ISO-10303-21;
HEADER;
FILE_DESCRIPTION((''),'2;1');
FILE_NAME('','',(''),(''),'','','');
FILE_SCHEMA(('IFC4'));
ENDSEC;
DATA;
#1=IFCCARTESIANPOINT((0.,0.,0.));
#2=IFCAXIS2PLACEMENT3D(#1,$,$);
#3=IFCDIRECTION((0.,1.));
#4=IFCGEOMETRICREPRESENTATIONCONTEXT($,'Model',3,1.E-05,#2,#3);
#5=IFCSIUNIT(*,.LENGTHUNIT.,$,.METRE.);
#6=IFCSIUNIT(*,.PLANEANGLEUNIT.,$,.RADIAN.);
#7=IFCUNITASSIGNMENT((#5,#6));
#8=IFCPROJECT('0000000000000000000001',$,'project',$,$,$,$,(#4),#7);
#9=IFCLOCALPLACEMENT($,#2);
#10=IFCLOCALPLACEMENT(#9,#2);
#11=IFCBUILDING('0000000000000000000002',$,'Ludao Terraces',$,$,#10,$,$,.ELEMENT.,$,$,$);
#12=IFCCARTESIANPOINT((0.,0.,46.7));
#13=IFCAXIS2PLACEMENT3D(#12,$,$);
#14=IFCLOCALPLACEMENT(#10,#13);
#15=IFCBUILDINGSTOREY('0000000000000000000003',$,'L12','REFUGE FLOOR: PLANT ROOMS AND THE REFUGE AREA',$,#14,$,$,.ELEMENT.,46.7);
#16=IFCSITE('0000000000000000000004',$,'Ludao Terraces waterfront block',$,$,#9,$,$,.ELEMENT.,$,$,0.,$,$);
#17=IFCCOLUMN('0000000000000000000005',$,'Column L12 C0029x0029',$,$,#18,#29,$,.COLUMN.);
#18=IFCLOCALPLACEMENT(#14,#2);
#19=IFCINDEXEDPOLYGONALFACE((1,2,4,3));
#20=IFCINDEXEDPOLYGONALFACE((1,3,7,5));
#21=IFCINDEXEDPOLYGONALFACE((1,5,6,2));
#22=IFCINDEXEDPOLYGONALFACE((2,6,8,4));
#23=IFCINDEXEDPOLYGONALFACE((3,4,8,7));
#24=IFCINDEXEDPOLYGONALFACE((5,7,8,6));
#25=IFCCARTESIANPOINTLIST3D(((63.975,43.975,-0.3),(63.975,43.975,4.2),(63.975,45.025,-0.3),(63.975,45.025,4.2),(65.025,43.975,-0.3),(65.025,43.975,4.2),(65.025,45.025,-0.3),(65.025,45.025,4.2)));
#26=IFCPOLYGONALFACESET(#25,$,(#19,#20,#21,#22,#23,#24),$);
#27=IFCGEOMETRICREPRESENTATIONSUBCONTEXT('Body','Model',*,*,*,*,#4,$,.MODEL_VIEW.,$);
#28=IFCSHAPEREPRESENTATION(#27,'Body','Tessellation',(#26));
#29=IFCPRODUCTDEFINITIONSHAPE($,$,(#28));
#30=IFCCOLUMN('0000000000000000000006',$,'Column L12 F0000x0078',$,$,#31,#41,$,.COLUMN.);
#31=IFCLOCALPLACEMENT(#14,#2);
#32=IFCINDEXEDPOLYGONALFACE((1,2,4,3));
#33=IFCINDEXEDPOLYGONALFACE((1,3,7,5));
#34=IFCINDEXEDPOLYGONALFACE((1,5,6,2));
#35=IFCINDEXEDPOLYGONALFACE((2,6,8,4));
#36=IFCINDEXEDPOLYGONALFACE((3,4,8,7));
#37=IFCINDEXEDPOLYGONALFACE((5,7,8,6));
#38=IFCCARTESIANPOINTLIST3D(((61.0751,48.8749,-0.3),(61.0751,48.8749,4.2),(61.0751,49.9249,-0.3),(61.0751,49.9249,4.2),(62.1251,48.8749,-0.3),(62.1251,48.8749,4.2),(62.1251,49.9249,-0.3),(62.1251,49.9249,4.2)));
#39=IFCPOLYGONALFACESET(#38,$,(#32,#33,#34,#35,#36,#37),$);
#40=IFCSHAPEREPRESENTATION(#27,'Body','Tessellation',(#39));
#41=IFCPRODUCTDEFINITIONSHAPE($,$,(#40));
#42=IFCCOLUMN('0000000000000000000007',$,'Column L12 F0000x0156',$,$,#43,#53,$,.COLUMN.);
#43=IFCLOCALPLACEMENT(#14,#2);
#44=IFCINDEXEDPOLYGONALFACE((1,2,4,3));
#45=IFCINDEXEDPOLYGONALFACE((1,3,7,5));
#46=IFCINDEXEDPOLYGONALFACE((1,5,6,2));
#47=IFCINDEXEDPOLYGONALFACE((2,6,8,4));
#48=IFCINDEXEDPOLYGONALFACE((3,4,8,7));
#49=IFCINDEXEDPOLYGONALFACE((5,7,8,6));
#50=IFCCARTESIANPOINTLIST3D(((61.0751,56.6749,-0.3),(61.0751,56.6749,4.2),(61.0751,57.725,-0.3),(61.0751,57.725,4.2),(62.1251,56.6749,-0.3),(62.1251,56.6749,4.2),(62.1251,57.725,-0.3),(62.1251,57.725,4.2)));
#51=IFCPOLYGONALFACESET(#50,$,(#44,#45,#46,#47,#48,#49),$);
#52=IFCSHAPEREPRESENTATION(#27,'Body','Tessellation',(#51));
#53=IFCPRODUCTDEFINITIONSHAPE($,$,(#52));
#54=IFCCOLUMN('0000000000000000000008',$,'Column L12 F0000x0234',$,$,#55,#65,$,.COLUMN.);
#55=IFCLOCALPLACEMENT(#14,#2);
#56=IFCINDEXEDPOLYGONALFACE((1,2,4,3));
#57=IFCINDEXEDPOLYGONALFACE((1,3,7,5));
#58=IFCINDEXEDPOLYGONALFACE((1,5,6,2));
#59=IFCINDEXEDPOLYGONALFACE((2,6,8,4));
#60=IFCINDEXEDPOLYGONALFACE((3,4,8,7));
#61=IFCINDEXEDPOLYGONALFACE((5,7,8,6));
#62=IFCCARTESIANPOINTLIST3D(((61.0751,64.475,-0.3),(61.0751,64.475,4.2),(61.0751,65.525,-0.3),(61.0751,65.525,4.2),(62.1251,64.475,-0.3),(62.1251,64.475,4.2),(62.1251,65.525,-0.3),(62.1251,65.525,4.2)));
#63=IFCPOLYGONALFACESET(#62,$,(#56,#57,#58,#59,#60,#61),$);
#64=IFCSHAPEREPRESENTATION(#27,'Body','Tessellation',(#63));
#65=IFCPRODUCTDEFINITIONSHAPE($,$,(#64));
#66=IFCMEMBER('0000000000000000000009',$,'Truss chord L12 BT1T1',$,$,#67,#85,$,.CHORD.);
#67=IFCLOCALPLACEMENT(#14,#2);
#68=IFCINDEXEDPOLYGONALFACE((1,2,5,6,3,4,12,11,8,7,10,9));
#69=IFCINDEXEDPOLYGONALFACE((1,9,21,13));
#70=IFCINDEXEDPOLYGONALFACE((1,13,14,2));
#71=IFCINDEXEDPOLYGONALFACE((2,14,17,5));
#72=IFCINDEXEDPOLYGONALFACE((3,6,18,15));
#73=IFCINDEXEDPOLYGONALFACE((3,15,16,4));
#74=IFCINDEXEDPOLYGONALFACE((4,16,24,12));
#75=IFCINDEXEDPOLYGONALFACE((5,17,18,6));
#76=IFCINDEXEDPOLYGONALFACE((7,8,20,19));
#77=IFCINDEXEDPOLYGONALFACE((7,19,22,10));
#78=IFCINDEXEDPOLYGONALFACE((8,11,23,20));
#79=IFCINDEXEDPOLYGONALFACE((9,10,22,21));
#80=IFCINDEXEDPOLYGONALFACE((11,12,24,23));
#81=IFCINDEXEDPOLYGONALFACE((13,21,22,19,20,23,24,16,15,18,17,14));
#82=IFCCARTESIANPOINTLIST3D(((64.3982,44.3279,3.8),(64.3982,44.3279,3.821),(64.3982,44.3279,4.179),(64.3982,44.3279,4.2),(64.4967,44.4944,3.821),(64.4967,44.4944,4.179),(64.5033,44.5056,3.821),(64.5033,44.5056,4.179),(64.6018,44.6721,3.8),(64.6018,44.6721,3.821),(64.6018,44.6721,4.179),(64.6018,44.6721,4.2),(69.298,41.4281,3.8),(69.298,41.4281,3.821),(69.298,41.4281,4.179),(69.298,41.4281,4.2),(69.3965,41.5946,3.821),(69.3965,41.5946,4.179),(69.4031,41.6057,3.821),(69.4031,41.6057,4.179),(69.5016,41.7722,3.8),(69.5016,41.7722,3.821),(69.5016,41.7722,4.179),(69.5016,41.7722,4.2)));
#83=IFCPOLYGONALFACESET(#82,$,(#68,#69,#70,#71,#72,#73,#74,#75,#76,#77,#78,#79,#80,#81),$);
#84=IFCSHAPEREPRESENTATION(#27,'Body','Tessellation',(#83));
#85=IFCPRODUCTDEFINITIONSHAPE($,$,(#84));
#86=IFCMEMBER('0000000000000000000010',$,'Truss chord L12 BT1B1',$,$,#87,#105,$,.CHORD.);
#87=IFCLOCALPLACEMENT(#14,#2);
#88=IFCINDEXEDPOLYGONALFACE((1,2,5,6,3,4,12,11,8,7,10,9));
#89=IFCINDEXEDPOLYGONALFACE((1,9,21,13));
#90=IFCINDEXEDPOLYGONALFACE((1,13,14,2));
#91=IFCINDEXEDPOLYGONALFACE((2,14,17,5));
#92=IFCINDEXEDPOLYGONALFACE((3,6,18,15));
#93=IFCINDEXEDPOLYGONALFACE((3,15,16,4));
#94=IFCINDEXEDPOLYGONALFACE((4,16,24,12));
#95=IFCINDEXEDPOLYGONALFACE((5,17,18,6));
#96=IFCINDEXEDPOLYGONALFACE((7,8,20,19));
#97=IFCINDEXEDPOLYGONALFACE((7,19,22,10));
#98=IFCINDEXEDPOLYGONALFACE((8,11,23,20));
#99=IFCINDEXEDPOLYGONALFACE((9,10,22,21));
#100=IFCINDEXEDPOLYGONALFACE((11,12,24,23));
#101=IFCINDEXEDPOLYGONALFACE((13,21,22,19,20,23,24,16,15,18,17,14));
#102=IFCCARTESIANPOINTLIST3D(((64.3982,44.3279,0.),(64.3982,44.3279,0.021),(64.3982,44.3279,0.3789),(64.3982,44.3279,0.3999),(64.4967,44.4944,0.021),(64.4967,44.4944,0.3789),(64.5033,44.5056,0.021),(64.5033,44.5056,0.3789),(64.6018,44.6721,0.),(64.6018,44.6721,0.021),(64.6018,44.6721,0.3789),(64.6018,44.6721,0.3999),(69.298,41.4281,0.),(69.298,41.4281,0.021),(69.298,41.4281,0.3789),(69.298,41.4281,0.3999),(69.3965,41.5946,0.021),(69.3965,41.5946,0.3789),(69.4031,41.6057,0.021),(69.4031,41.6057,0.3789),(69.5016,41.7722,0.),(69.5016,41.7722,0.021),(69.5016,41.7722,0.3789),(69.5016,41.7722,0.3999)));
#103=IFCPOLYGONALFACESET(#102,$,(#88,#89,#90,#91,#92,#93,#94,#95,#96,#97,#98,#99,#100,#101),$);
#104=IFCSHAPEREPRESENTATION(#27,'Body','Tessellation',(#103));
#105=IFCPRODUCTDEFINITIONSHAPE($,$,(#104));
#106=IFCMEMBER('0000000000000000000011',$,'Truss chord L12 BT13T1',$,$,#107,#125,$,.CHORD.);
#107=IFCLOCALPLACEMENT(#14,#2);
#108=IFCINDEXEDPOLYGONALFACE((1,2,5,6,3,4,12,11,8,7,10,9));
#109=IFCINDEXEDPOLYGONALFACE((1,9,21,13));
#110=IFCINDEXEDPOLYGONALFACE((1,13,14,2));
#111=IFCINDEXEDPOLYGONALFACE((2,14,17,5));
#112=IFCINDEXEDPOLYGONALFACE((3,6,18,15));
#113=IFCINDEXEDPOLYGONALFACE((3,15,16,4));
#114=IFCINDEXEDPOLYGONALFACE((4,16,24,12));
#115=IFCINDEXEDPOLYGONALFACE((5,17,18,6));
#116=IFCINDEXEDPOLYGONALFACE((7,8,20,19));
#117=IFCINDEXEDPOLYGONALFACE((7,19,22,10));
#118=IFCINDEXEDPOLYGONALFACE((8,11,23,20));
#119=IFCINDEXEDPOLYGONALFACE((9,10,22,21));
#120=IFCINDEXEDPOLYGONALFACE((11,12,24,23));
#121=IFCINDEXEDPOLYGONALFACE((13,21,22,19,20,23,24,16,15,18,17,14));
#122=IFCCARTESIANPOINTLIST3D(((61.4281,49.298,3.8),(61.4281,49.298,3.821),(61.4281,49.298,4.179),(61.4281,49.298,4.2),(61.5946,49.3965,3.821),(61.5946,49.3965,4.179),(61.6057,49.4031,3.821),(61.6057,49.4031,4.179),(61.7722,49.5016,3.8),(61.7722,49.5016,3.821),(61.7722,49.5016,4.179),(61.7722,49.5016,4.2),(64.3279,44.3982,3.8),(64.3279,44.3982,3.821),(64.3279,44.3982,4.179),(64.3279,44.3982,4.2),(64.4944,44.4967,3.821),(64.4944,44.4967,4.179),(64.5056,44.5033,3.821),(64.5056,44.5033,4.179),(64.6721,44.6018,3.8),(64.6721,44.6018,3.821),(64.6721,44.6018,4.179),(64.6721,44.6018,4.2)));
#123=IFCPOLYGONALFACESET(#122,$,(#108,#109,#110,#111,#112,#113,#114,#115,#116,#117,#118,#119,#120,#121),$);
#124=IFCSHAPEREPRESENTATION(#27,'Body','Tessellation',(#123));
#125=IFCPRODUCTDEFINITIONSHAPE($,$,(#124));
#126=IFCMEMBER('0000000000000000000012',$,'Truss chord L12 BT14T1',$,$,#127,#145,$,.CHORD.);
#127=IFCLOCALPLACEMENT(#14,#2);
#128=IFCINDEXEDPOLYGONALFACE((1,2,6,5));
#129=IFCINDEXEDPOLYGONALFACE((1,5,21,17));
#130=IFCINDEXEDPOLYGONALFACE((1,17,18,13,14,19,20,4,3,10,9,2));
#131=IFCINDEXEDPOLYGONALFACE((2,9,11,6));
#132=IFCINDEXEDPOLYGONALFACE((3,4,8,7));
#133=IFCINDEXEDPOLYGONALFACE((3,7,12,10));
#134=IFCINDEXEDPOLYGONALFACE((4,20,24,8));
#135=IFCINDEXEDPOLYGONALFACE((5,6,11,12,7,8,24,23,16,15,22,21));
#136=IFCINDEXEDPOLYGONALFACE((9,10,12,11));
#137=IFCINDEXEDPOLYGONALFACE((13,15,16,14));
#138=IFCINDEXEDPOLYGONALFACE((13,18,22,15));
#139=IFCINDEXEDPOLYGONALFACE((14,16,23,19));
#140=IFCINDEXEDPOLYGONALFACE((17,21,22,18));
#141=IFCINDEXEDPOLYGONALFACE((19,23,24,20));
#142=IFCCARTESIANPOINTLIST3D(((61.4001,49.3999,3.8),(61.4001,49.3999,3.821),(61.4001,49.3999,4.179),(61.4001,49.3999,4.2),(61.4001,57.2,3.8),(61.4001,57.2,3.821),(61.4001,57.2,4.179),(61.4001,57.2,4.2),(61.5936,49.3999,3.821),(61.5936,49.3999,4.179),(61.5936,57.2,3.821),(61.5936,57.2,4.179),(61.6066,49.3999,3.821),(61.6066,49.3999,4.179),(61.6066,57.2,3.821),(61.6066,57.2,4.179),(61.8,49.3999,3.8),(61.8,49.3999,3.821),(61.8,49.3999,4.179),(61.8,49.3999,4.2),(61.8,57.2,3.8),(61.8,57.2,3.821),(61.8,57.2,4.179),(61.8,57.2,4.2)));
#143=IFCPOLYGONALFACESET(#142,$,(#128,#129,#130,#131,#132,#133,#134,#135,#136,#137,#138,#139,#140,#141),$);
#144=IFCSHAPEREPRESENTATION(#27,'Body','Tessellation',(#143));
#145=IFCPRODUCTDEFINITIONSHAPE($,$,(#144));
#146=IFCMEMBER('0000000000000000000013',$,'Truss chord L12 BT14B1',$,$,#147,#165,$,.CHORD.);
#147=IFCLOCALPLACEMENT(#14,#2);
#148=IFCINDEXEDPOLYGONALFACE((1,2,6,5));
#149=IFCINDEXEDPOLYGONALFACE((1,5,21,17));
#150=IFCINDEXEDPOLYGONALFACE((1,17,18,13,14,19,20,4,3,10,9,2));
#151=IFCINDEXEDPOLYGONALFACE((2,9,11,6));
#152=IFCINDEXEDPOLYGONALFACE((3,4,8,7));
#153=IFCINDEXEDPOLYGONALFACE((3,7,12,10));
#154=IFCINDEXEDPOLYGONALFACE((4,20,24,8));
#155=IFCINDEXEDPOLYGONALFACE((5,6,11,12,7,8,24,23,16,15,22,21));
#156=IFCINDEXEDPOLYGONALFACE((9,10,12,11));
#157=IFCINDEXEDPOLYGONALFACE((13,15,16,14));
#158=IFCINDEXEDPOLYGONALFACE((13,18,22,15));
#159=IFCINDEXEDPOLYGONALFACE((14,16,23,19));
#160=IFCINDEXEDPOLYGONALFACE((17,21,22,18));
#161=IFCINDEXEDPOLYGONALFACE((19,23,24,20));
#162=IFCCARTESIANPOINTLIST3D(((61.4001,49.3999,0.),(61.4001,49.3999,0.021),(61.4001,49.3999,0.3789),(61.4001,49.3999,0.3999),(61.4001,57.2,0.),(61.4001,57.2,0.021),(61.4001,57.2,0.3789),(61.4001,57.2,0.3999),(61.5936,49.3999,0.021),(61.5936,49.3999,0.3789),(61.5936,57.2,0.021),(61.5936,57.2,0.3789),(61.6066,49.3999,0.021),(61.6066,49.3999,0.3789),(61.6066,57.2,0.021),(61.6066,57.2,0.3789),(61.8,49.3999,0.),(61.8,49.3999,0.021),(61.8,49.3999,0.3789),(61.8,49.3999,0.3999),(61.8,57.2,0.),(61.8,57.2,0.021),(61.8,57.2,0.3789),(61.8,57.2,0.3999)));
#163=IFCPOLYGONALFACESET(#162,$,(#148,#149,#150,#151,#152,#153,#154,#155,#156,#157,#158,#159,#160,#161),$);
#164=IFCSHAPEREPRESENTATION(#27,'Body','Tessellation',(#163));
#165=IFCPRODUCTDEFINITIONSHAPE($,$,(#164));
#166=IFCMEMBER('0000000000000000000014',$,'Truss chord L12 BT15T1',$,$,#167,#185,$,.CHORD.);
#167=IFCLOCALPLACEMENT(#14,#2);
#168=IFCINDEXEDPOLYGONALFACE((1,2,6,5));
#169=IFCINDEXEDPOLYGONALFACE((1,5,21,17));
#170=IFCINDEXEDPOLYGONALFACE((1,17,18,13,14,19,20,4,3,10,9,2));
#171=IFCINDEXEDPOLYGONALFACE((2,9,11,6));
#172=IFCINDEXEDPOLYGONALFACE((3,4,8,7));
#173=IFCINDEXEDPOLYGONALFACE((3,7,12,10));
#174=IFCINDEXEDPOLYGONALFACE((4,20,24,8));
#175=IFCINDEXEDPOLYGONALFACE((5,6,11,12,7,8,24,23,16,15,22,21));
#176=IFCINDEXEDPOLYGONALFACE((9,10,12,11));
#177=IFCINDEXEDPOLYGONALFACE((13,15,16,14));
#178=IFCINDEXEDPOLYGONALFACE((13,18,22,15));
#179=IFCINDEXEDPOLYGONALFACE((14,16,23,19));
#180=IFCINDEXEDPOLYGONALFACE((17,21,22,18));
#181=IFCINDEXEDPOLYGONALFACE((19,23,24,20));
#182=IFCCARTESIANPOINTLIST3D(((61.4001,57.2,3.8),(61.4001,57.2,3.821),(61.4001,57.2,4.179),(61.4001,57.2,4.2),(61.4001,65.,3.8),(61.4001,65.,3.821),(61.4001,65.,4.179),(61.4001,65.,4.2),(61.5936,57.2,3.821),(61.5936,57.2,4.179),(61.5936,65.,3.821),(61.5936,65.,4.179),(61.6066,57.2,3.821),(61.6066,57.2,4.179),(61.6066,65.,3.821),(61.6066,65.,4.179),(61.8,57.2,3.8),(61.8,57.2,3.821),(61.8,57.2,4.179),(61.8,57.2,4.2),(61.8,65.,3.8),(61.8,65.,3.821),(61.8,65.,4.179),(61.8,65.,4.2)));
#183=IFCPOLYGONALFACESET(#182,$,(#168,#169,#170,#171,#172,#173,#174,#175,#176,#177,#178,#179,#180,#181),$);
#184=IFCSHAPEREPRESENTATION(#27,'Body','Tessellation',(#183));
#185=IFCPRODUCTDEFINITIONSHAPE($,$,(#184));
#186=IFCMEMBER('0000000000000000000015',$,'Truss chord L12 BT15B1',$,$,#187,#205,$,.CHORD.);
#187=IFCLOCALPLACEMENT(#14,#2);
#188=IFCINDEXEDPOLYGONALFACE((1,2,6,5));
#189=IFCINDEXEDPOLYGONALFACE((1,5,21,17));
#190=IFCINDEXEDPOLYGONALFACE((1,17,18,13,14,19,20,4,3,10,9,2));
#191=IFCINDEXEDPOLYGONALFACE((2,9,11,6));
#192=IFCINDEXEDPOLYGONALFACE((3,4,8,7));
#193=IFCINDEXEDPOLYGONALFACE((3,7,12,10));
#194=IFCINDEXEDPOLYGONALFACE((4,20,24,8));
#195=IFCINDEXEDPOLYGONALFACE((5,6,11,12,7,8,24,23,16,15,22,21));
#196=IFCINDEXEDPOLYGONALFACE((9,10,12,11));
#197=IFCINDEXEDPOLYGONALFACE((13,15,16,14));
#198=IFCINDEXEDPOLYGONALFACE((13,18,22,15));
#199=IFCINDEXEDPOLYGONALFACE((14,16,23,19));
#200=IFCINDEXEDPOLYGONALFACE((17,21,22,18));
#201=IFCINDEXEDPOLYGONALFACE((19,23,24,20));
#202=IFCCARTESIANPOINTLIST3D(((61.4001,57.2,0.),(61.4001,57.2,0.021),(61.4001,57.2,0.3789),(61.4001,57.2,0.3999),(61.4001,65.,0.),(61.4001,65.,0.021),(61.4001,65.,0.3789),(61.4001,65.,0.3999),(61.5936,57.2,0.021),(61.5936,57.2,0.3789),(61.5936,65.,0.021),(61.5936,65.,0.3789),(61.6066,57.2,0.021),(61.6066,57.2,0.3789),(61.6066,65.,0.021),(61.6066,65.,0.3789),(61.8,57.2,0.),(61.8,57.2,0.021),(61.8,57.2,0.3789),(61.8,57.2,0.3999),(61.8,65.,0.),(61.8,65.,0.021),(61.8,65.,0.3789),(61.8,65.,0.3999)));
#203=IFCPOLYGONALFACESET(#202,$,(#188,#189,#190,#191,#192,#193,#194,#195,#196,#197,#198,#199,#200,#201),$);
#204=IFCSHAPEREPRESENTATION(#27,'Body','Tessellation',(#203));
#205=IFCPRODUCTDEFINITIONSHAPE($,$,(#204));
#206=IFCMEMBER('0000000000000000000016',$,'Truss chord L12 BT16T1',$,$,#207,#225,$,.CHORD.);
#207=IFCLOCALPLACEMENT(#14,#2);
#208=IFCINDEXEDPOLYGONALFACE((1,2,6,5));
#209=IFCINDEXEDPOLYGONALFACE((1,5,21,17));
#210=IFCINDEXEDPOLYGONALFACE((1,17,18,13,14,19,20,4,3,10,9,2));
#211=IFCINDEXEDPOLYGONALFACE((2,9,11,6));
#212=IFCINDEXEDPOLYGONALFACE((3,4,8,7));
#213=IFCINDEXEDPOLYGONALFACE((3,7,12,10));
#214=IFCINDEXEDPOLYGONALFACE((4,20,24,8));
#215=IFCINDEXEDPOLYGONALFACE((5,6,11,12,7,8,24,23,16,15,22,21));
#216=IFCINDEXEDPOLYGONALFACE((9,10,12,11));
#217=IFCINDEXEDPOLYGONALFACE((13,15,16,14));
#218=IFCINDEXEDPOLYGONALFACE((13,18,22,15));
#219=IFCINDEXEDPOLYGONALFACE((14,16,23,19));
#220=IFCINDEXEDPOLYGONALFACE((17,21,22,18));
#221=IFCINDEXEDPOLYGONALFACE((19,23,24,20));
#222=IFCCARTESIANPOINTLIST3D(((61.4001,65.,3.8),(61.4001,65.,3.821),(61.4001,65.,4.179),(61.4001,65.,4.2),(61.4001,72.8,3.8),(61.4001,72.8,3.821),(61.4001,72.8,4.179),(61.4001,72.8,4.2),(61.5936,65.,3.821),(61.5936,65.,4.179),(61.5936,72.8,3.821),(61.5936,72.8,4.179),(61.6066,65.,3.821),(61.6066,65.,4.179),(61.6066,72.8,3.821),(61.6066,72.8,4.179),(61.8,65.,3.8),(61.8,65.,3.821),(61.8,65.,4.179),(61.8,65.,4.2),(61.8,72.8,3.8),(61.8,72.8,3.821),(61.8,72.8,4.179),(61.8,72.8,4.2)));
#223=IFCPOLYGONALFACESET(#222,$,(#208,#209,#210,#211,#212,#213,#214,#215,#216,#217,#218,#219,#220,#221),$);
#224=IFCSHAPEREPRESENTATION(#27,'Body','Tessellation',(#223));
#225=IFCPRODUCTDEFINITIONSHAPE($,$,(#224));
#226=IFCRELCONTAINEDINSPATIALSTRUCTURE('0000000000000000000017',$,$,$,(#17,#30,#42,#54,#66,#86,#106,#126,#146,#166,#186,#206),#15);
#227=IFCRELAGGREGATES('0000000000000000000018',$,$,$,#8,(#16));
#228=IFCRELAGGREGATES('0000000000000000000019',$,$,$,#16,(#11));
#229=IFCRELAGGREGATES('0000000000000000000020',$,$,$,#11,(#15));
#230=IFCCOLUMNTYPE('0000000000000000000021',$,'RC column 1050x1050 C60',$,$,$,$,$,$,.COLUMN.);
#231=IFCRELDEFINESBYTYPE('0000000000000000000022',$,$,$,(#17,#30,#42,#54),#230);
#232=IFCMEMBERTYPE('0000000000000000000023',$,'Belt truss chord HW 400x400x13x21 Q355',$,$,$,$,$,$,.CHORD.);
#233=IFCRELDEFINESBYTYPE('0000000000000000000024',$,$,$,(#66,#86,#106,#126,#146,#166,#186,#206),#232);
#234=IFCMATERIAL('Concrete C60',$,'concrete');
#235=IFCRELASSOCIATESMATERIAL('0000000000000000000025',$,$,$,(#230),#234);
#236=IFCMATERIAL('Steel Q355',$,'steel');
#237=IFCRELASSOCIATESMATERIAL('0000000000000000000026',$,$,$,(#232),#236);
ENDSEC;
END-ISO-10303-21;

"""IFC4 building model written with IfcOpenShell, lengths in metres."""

from ifc_helpers import new_model, si_unit, direction, frame, origin, origin_2d, place, context, subcontext, project, spatial, rectangle, i_section, extrude, material, material_profile, profile_set, type_object, element, save


model = new_model("IFC4")

# Units and contexts
model_context = context("Model", 3, precision=1e-05, world=origin(), true_north=direction((0.0, 1.0)))
body_context = subcontext(model_context, "Body", "Model", "MODEL_VIEW")
ifc_project = project(units=[si_unit("LENGTHUNIT", "METRE"), si_unit("PLANEANGLEUNIT", "RADIAN")], contexts=[model_context])

# Site, building, storey
site_placement = place(None, origin())
site = spatial("IfcSite", under=ifc_project, at=site_placement, Name="Ludao Terraces waterfront block", CompositionType="ELEMENT", RefElevation=0.0)
building_placement = place(site_placement, origin())
building = spatial("IfcBuilding", under=site, at=building_placement, Name="Ludao Terraces", CompositionType="ELEMENT")
storey_placement = place(building_placement, frame((0.0, 0.0, 46.7)))
storey = spatial("IfcBuildingStorey", under=building, at=storey_placement, Name="L12", Description="REFUGE FLOOR: PLANT ROOMS AND THE REFUGE AREA", CompositionType="ELEMENT", Elevation=46.7)

# Columns
ifc_material_1 = material(Name="Concrete C60", Category="concrete")
ifc_material_profile_1 = material_profile(ifc_material_1, rectangle(XDim=1.05, YDim=1.05, at=origin_2d()), Name="1050 X 1050")
ifc_profile_set_1 = profile_set([ifc_material_profile_1], Name="Concrete C60")
column_type = type_object("IfcColumnType", Name="RC column 1050x1050 C60", PredefinedType="COLUMN", material=ifc_profile_set_1)
for number, where, z_axis, x_axis, name in (
    (1, (64.5, 44.5, -0.3), (0.0, 0.0, 1.0), (1.0, 0.0, 0.0), "Column L12 C0029x0029"),
    (2, (61.6001, 49.3999, -0.3), (0.0, 0.0, 1.0), (1.0, 0.0, 0.0), "Column L12 F0000x0078"),
    (3, (61.6001, 57.2, -0.3), (0.0, 0.0, 1.0), (1.0, 0.0, 0.0), "Column L12 F0000x0156"),
    (4, (61.6001, 65.0, -0.3), (0.0, 0.0, 1.0), (1.0, 0.0, 0.0), "Column L12 F0000x0234"),
):
    element("IfcColumn", number, at=place(storey_placement, frame(where, z_axis=z_axis, x_axis=x_axis)), inside=storey, type_object=column_type, Name=name, PredefinedType="COLUMN", context=body_context, shape_type="SweptSolid", body=[
        extrude(rectangle(XDim=1.05, YDim=1.05, at=origin_2d()), origin(), (0.0, 0.0, 1.0), 4.5),
    ])

# Members
ifc_material_2 = material(Name="Steel Q355", Category="steel")
ifc_material_profile_2 = material_profile(ifc_material_2, i_section(OverallWidth=0.3999, OverallDepth=0.3999, WebThickness=0.0129, FlangeThickness=0.021, at=origin_2d()), Name="HW 400X400X13X21")
ifc_profile_set_2 = profile_set([ifc_material_profile_2], Name="Steel Q355")
member_type_1 = type_object("IfcMemberType", Name="Belt truss chord HW 400x400x13x21 Q355", PredefinedType="CHORD", material=ifc_profile_set_2)
for number, where, z_axis, x_axis, name in (
    (5, (64.5, 44.5, 4.0), (0.86058, -0.509316, 0.0), (0.509316, 0.86058, 0.0), "Truss chord L12 BT1T1"),
    (6, (64.5, 44.5, 0.2), (0.86058, -0.509316, 0.0), (0.509316, 0.86058, 0.0), "Truss chord L12 BT1B1"),
    (7, (64.5, 44.5, 4.0), (-0.509316, 0.86058, 0.0), (-0.86058, -0.509316, 0.0), "Truss chord L12 BT13T1"),
):
    element("IfcMember", number, at=place(storey_placement, frame(where, z_axis=z_axis, x_axis=x_axis)), inside=storey, type_object=member_type_1, Name=name, PredefinedType="CHORD", context=body_context, shape_type="SweptSolid", body=[
        extrude(i_section(OverallWidth=0.3999, OverallDepth=0.3999, WebThickness=0.0129, FlangeThickness=0.021, at=origin_2d()), origin(), (0.0, 0.0, 1.0), 5.6936),
    ])
for number, where, z_axis, x_axis, name in (
    (8, (61.6001, 49.3999, 4.0), (0.0, 1.0, 0.0), (-1.0, 0.0, 0.0), "Truss chord L12 BT14T1"),
    (9, (61.6001, 49.3999, 0.2), (0.0, 1.0, 0.0), (-1.0, 0.0, 0.0), "Truss chord L12 BT14B1"),
    (10, (61.6001, 57.2, 4.0), (0.0, 1.0, 0.0), (-1.0, 0.0, 0.0), "Truss chord L12 BT15T1"),
    (11, (61.6001, 57.2, 0.2), (0.0, 1.0, 0.0), (-1.0, 0.0, 0.0), "Truss chord L12 BT15B1"),
    (12, (61.6001, 65.0, 4.0), (0.0, 1.0, 0.0), (-1.0, 0.0, 0.0), "Truss chord L12 BT16T1"),
):
    element("IfcMember", number, at=place(storey_placement, frame(where, z_axis=z_axis, x_axis=x_axis)), inside=storey, type_object=member_type_1, Name=name, PredefinedType="CHORD", context=body_context, shape_type="SweptSolid", body=[
        extrude(i_section(OverallWidth=0.3999, OverallDepth=0.3999, WebThickness=0.0129, FlangeThickness=0.021, at=origin_2d()), origin(), (0.0, 0.0, 1.0), 7.8),
    ])

save(model, "model.ifc")
